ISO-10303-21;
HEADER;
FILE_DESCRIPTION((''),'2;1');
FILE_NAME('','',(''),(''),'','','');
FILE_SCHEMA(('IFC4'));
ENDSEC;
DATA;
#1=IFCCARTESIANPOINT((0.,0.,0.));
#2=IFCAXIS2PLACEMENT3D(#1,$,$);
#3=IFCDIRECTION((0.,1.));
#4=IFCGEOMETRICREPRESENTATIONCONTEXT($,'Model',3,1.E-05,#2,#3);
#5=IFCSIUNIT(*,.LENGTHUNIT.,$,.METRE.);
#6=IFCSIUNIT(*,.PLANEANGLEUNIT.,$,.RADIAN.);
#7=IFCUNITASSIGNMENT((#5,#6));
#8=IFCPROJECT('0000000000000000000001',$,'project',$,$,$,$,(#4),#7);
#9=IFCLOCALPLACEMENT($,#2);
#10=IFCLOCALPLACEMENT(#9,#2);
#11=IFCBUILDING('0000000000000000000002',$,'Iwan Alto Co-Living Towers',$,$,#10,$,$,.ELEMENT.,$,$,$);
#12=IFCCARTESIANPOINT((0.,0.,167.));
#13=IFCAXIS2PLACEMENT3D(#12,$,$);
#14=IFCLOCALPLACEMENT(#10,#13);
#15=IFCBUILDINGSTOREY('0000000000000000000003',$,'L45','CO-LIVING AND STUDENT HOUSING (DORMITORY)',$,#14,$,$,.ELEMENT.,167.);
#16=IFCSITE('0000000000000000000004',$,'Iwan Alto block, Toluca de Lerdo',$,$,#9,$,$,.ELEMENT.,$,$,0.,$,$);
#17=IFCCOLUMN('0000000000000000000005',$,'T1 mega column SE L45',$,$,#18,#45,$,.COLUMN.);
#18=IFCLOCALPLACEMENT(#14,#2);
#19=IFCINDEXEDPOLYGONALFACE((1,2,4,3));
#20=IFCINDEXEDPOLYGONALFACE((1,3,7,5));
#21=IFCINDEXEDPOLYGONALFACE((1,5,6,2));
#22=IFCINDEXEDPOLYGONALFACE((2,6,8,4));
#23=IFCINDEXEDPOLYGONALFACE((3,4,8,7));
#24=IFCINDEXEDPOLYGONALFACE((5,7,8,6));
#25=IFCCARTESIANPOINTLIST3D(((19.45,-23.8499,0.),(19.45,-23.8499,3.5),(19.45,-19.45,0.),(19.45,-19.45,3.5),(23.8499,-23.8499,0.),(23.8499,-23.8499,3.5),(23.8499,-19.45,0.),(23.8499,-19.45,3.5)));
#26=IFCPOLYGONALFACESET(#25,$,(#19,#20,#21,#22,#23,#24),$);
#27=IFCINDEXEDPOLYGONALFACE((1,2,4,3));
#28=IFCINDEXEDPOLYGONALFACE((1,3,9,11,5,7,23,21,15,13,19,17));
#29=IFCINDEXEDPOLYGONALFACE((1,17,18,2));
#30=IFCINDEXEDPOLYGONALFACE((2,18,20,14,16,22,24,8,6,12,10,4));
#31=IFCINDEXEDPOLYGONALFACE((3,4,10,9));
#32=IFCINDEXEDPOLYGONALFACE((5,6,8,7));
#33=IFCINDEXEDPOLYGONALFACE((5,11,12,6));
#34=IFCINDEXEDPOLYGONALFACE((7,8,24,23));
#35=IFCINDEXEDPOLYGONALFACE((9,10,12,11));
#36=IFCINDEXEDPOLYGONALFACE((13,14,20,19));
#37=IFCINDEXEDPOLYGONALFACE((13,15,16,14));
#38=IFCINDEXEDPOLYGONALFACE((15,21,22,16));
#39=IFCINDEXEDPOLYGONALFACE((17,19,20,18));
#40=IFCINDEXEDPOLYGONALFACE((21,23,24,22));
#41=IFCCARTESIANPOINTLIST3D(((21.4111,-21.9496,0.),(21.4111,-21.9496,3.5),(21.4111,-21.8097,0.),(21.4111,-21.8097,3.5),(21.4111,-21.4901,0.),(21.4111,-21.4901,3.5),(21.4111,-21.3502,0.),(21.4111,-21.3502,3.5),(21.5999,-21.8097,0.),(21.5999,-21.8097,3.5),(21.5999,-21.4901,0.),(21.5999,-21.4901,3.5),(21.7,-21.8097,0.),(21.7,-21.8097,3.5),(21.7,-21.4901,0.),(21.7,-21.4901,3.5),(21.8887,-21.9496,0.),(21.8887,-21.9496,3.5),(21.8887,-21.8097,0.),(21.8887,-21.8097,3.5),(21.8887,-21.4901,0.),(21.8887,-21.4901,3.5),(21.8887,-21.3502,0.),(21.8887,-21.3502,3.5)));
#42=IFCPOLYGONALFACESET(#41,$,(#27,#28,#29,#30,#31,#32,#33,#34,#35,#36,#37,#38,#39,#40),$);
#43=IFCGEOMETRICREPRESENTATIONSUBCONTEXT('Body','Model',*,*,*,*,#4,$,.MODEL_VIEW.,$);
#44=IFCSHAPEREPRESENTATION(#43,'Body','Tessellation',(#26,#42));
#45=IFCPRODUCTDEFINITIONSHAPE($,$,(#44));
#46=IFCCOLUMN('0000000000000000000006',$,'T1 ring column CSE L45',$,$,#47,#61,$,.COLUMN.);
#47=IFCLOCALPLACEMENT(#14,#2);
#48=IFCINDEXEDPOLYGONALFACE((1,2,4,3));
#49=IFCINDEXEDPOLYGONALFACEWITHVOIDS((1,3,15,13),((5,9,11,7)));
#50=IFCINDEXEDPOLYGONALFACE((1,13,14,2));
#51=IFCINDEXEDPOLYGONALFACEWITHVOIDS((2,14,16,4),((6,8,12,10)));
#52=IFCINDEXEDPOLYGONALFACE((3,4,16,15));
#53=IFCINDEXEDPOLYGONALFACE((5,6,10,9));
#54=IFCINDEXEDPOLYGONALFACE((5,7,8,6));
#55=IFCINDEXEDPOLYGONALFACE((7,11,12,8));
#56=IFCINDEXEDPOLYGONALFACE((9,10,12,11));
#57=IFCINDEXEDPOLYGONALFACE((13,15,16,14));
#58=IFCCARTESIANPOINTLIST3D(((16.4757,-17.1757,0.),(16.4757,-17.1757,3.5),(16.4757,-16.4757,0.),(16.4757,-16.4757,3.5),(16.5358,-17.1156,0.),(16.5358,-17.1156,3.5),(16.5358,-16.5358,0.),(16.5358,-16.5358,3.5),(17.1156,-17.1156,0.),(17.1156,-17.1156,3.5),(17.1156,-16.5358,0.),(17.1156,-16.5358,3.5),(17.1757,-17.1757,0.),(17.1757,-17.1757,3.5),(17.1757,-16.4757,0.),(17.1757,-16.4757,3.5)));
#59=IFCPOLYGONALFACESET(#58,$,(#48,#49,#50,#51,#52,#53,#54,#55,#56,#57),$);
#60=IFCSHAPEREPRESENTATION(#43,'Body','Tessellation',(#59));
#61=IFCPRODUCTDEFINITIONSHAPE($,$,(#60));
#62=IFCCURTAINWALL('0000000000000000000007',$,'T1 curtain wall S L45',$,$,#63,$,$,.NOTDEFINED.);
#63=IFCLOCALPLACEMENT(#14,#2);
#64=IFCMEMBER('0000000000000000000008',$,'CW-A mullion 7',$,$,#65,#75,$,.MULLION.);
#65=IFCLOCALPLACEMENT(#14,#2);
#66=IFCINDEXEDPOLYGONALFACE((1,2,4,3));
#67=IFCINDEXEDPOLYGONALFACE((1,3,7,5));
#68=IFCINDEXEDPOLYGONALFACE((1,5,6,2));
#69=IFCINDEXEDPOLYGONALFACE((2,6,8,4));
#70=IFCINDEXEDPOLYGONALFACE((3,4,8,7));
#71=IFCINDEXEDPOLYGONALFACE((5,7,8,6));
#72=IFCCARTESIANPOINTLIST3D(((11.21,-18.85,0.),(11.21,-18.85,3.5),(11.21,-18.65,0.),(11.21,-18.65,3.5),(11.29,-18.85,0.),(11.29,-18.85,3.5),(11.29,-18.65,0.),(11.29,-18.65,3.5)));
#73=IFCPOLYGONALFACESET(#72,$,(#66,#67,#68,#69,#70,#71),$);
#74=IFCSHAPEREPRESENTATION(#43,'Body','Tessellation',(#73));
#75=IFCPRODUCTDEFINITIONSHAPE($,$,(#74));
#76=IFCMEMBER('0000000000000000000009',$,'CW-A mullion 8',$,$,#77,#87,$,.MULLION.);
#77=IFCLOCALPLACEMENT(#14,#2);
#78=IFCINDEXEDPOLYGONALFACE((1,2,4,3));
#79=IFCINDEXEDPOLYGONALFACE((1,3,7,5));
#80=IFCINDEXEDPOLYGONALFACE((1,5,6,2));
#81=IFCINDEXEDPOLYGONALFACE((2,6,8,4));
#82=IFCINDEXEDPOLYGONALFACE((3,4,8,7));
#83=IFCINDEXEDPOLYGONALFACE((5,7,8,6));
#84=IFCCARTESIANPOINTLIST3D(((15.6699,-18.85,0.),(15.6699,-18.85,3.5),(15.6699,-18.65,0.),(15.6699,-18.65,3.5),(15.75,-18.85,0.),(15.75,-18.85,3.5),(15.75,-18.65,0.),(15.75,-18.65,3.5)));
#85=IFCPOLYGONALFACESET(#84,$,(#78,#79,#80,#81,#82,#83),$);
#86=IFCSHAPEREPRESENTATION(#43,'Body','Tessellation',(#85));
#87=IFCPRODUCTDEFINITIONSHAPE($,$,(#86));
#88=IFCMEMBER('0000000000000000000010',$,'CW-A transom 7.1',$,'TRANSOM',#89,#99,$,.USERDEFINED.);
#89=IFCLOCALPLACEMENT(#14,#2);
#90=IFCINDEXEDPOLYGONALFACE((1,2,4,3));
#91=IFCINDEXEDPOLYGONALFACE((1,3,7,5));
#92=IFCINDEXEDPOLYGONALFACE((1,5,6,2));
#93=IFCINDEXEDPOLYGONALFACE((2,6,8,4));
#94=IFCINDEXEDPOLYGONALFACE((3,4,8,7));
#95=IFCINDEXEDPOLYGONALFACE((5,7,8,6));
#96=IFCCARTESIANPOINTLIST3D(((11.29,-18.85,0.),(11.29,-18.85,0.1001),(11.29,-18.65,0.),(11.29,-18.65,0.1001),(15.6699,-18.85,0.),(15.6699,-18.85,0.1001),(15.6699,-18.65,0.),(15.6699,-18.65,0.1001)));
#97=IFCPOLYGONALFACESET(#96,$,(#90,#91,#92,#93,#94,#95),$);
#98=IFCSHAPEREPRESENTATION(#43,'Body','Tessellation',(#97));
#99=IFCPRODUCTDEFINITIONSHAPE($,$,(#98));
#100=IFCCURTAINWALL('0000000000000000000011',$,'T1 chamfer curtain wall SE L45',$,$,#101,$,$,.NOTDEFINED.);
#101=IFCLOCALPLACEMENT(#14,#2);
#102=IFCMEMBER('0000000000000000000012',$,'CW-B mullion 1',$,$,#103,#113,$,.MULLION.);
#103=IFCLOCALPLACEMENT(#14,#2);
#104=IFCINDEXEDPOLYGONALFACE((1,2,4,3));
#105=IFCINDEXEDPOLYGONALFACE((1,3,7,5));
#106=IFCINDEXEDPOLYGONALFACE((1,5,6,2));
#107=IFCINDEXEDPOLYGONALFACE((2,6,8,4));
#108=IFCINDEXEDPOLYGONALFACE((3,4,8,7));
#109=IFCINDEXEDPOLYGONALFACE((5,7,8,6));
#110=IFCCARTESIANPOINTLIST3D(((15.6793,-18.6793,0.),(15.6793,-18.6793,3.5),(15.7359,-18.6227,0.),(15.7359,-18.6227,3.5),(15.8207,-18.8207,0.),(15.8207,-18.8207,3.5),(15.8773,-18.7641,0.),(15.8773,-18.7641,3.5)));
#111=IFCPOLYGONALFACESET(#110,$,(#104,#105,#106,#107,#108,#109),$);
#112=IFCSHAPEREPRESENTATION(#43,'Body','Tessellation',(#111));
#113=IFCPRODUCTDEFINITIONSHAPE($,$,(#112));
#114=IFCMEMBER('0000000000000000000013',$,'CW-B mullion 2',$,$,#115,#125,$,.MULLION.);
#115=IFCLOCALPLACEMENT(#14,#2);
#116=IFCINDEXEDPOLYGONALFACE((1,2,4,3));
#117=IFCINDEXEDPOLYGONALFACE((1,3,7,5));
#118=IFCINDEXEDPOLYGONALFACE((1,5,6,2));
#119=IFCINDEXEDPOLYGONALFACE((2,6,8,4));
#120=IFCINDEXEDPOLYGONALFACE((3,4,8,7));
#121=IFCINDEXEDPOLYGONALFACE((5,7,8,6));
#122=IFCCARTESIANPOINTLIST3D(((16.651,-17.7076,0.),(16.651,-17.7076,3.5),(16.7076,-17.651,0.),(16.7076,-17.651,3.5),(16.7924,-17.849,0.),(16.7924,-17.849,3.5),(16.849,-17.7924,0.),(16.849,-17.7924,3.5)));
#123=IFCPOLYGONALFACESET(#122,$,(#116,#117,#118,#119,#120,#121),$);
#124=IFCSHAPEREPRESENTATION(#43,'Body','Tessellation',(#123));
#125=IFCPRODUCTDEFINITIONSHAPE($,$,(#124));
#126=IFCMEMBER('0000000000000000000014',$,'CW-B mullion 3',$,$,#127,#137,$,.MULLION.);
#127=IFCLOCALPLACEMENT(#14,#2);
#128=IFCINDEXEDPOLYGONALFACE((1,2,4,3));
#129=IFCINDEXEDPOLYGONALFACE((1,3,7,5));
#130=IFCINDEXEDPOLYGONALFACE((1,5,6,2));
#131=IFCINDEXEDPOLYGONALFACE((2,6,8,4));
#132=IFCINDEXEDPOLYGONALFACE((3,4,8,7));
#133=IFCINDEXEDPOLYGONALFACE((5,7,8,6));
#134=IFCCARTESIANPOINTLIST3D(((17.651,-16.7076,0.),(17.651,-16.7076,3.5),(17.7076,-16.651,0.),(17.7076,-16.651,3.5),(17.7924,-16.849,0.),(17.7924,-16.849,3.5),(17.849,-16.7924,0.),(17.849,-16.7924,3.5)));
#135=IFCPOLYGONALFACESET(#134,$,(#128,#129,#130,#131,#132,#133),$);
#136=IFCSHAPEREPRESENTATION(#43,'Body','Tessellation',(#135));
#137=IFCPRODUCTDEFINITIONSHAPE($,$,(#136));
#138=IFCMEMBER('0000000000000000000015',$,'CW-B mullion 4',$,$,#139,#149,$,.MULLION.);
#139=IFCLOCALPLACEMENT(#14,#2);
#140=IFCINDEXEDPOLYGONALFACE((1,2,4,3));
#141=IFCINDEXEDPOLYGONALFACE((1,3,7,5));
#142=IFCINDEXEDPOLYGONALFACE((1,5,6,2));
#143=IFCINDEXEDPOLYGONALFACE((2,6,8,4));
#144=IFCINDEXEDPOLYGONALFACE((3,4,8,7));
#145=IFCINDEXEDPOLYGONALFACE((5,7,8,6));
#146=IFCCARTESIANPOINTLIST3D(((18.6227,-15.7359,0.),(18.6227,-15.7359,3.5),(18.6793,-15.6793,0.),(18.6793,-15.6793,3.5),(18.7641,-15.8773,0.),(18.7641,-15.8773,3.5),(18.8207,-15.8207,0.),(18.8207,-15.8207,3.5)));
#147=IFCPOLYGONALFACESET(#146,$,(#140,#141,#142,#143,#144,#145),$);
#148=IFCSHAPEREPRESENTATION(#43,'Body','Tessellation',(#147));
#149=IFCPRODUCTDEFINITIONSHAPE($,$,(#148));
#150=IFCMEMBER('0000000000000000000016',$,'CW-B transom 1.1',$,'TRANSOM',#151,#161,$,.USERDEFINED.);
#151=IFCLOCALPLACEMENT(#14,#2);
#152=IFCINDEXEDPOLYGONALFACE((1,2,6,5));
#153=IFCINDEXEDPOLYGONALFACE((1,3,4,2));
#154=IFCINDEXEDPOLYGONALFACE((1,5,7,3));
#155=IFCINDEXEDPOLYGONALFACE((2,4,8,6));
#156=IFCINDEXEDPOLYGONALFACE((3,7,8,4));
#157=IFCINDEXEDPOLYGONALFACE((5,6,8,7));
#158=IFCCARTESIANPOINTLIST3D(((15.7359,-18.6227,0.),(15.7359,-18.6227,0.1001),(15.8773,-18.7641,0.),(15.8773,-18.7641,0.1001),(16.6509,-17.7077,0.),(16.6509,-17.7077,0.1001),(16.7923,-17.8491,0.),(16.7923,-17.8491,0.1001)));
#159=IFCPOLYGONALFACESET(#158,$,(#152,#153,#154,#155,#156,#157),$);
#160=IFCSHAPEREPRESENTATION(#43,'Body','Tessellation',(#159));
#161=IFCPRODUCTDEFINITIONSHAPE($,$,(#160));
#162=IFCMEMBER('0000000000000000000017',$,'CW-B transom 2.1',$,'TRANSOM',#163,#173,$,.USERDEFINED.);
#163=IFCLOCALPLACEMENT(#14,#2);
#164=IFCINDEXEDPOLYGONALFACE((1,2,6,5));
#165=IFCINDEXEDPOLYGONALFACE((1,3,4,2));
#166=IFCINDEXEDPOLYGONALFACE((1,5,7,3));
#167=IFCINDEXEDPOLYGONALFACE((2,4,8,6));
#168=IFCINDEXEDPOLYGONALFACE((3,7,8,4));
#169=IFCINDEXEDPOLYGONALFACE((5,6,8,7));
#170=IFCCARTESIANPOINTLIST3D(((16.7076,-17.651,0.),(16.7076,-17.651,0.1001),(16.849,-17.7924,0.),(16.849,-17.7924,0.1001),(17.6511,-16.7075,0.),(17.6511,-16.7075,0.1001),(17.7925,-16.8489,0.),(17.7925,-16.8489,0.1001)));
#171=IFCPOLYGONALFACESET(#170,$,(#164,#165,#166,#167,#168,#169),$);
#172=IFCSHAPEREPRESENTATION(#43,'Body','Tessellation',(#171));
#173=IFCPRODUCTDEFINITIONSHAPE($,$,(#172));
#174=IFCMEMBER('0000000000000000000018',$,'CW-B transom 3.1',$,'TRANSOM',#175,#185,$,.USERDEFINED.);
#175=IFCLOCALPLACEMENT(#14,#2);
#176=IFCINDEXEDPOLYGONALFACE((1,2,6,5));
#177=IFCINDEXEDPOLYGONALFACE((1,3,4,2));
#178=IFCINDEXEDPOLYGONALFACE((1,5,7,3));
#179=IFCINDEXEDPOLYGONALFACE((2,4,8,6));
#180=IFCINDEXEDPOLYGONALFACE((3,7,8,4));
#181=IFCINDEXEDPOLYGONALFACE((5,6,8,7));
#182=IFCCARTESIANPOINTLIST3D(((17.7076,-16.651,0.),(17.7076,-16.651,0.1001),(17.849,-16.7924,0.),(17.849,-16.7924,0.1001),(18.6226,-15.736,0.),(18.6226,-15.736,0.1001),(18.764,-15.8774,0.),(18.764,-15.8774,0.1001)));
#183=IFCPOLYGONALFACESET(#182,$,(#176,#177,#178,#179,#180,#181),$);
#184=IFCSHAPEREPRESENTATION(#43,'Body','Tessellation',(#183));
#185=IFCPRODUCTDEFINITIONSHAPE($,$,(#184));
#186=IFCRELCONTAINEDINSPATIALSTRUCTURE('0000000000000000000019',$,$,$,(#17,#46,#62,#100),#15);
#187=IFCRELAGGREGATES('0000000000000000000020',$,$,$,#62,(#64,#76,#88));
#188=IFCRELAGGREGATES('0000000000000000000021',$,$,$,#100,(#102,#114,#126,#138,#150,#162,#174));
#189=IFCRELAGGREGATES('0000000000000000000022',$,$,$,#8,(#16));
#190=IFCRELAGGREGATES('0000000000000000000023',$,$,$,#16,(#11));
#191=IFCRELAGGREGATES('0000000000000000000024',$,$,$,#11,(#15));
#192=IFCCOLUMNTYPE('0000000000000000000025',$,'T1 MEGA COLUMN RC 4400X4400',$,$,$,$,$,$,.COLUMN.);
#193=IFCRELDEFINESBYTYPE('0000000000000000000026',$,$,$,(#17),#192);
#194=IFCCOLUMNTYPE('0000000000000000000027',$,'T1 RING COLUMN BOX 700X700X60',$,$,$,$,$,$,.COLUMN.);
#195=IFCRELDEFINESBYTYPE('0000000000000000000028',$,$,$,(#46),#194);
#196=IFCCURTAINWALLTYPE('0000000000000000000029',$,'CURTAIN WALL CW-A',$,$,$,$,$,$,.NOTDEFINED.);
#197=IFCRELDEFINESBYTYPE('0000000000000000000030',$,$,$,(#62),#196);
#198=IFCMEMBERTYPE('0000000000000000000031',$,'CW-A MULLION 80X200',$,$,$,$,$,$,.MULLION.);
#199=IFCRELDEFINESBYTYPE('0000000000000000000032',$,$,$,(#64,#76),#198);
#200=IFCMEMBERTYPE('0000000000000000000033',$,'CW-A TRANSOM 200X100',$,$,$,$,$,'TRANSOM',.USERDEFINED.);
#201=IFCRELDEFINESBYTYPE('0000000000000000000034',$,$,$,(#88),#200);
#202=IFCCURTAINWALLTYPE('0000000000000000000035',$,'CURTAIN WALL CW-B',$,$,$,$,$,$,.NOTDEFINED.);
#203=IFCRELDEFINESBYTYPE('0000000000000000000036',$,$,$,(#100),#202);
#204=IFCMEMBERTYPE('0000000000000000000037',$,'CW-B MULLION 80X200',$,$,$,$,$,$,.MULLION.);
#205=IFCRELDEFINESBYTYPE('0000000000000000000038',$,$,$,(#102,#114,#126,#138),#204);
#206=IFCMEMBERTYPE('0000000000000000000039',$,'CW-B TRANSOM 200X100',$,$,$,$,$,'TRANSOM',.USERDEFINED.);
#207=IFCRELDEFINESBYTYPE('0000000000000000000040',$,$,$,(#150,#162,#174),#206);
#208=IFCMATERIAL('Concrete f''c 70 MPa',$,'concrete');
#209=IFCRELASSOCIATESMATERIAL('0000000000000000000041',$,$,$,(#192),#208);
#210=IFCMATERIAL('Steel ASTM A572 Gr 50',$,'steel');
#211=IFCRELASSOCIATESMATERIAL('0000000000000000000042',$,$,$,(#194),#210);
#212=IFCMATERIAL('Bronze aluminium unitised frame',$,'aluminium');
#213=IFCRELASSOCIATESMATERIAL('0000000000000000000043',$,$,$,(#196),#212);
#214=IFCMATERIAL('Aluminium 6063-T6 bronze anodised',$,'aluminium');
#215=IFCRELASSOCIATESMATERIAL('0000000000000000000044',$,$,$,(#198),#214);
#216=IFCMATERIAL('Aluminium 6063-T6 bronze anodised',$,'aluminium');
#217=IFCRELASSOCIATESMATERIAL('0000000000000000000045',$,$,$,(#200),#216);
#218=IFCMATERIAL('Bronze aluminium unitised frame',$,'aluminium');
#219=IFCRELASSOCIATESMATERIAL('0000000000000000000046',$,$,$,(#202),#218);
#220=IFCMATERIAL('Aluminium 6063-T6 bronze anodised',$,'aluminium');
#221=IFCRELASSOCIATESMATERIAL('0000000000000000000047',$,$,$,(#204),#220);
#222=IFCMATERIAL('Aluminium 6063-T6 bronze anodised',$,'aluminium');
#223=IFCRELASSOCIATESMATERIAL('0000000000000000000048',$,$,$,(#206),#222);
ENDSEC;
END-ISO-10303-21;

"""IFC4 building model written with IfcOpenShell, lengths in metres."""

from ifc_helpers import new_model, si_unit, direction, frame, origin, origin_2d, place, context, subcontext, project, spatial, rectangle, hollow_rectangle, i_section, extrude, material, material_profile, profile_set, type_object, element, aggregate, save


model = new_model("IFC4")

# Units and contexts
model_context = context("Model", 3, precision=1e-05, world=origin(), true_north=direction((0.0, 1.0)))
body_context = subcontext(model_context, "Body", "Model", "MODEL_VIEW")
ifc_project = project(units=[si_unit("LENGTHUNIT", "METRE"), si_unit("PLANEANGLEUNIT", "RADIAN")], contexts=[model_context])

# Site, building, storey
site_placement = place(None, origin())
site = spatial("IfcSite", under=ifc_project, at=site_placement, Name="Iwan Alto block, Toluca de Lerdo", CompositionType="ELEMENT", RefElevation=0.0)
building_placement = place(site_placement, origin())
building = spatial("IfcBuilding", under=site, at=building_placement, Name="Iwan Alto Co-Living Towers", CompositionType="ELEMENT")
storey_placement = place(building_placement, frame((0.0, 0.0, 167.0)))
storey = spatial("IfcBuildingStorey", under=building, at=storey_placement, Name="L45", Description="CO-LIVING AND STUDENT HOUSING (DORMITORY)", CompositionType="ELEMENT", Elevation=167.0)

# Columns
ifc_material_1 = material(Name="Concrete f'c 70 MPa", Category="concrete")
ifc_material_profile_1 = material_profile(ifc_material_1, rectangle(XDim=4.3999, YDim=4.3999, at=origin_2d()), Name="RC 4400X4400")
ifc_profile_set_1 = profile_set([ifc_material_profile_1], Name="Concrete f'c 70 MPa")
column_type_1 = type_object("IfcColumnType", Name="T1 MEGA COLUMN RC 4400X4400", PredefinedType="COLUMN", material=ifc_profile_set_1)
column_1_placement = place(storey_placement, frame((21.6499, -21.6499, 0.0), z_axis=(0.0, 0.0, 1.0), x_axis=(1.0, 0.0, 0.0)))
element("IfcColumn", 1, at=column_1_placement, inside=storey, type_object=column_type_1, Name="T1 mega column SE L45", PredefinedType="COLUMN", context=body_context, shape_type="SweptSolid", body=[
    extrude(rectangle(XDim=4.3999, YDim=4.3999, at=origin_2d()), origin(), (0.0, 0.0, 1.0), 3.5),
    extrude(i_section(OverallWidth=0.4775, OverallDepth=0.5994, WebThickness=0.1001, FlangeThickness=0.1399, at=origin_2d()), origin(), (0.0, 0.0, 1.0), 3.5),
])
ifc_material_2 = material(Name="Steel ASTM A572 Gr 50", Category="steel")
ifc_material_profile_2 = material_profile(ifc_material_2, hollow_rectangle(XDim=0.7, YDim=0.7, WallThickness=0.0601, at=origin_2d()), Name="BOX 700X700X60")
ifc_profile_set_2 = profile_set([ifc_material_profile_2], Name="Steel ASTM A572 Gr 50")
column_type_2 = type_object("IfcColumnType", Name="T1 RING COLUMN BOX 700X700X60", PredefinedType="COLUMN", material=ifc_profile_set_2)
column_2_placement = place(storey_placement, frame((16.8257, -16.8257, 0.0), z_axis=(0.0, 0.0, 1.0), x_axis=(1.0, 0.0, 0.0)))
element("IfcColumn", 2, at=column_2_placement, inside=storey, type_object=column_type_2, Name="T1 ring column CSE L45", PredefinedType="COLUMN", context=body_context, shape_type="SweptSolid", body=[
    extrude(hollow_rectangle(XDim=0.7, YDim=0.7, WallThickness=0.0601, at=origin_2d()), origin(), (0.0, 0.0, 1.0), 3.5),
])

# Curtain walls, members
ifc_material_3 = material(Name="Bronze aluminium unitised frame", Category="aluminium")
curtain_wall_type_1 = type_object("IfcCurtainWallType", Name="CURTAIN WALL CW-A", PredefinedType="NOTDEFINED", material=ifc_material_3)
curtain_wall_1_placement = place(storey_placement, origin())
curtain_wall_1 = element("IfcCurtainWall", 3, at=curtain_wall_1_placement, inside=storey, type_object=curtain_wall_type_1, Name="T1 curtain wall S L45", PredefinedType="NOTDEFINED")
ifc_material_4 = material(Name="Aluminium 6063-T6 bronze anodised", Category="aluminium")
ifc_material_profile_3 = material_profile(ifc_material_4, rectangle(XDim=0.2, YDim=0.0801, at=origin_2d()), Name="AL 80X200")
ifc_profile_set_3 = profile_set([ifc_material_profile_3], Name="Aluminium 6063-T6 bronze anodised")
member_type_1 = type_object("IfcMemberType", Name="CW-A MULLION 80X200", PredefinedType="MULLION", material=ifc_profile_set_3)
member_1_placement = place(storey_placement, frame((11.25, -18.75, 0.0), z_axis=(0.0, 0.0, 1.0), x_axis=(0.0, 1.0, 0.0)))
member_1 = element("IfcMember", 4, at=member_1_placement, type_object=member_type_1, Name="CW-A mullion 7", PredefinedType="MULLION", context=body_context, shape_type="SweptSolid", body=[
    extrude(rectangle(XDim=0.2, YDim=0.0801, at=origin_2d()), origin(), (0.0, 0.0, 1.0), 3.5),
])
member_2_placement = place(storey_placement, frame((15.71, -18.75, 0.0), z_axis=(0.0, 0.0, 1.0), x_axis=(0.0, 1.0, 0.0)))
member_2 = element("IfcMember", 5, at=member_2_placement, type_object=member_type_1, Name="CW-A mullion 8", PredefinedType="MULLION", context=body_context, shape_type="SweptSolid", body=[
    extrude(rectangle(XDim=0.2, YDim=0.0801, at=origin_2d()), origin(), (0.0, 0.0, 1.0), 3.5),
])
ifc_material_5 = material(Name="Aluminium 6063-T6 bronze anodised", Category="aluminium")
ifc_material_profile_4 = material_profile(ifc_material_5, rectangle(XDim=0.2, YDim=0.1001, at=origin_2d()), Name="AL 200X100")
ifc_profile_set_4 = profile_set([ifc_material_profile_4], Name="Aluminium 6063-T6 bronze anodised")
member_type_2 = type_object("IfcMemberType", Name="CW-A TRANSOM 200X100", ElementType="TRANSOM", PredefinedType="USERDEFINED", material=ifc_profile_set_4)
member_3_placement = place(storey_placement, frame((11.29, -18.75, 0.05), z_axis=(1.0, 0.0, 0.0), x_axis=(0.0, 1.0, 0.0)))
member_3 = element("IfcMember", 6, at=member_3_placement, type_object=member_type_2, Name="CW-A transom 7.1", ObjectType="TRANSOM", PredefinedType="USERDEFINED", context=body_context, shape_type="SweptSolid", body=[
    extrude(rectangle(XDim=0.2, YDim=0.1001, at=origin_2d()), origin(), (0.0, 0.0, 1.0), 4.3799),
])
ifc_material_6 = material(Name="Bronze aluminium unitised frame", Category="aluminium")
curtain_wall_type_2 = type_object("IfcCurtainWallType", Name="CURTAIN WALL CW-B", PredefinedType="NOTDEFINED", material=ifc_material_6)
curtain_wall_2_placement = place(storey_placement, origin())
curtain_wall_2 = element("IfcCurtainWall", 7, at=curtain_wall_2_placement, inside=storey, type_object=curtain_wall_type_2, Name="T1 chamfer curtain wall SE L45", PredefinedType="NOTDEFINED")
ifc_material_7 = material(Name="Aluminium 6063-T6 bronze anodised", Category="aluminium")
ifc_material_profile_5 = material_profile(ifc_material_7, rectangle(XDim=0.2, YDim=0.0801, at=origin_2d()), Name="AL 80X200")
ifc_profile_set_5 = profile_set([ifc_material_profile_5], Name="Aluminium 6063-T6 bronze anodised")
member_type_3 = type_object("IfcMemberType", Name="CW-B MULLION 80X200", PredefinedType="MULLION", material=ifc_profile_set_5)
member_4_placement = place(storey_placement, frame((15.7783, -18.7217, 0.0), z_axis=(0.0, 0.0, 1.0), x_axis=(-0.707107, 0.707107, 0.0)))
member_4 = element("IfcMember", 8, at=member_4_placement, type_object=member_type_3, Name="CW-B mullion 1", PredefinedType="MULLION", context=body_context, shape_type="SweptSolid", body=[
    extrude(rectangle(XDim=0.2, YDim=0.0801, at=origin_2d()), origin(), (0.0, 0.0, 1.0), 3.5),
])
member_5_placement = place(storey_placement, frame((16.75, -17.75, 0.0), z_axis=(0.0, 0.0, 1.0), x_axis=(-0.707107, 0.707107, 0.0)))
member_5 = element("IfcMember", 9, at=member_5_placement, type_object=member_type_3, Name="CW-B mullion 2", PredefinedType="MULLION", context=body_context, shape_type="SweptSolid", body=[
    extrude(rectangle(XDim=0.2, YDim=0.0801, at=origin_2d()), origin(), (0.0, 0.0, 1.0), 3.5),
])
member_6_placement = place(storey_placement, frame((17.75, -16.75, 0.0), z_axis=(0.0, 0.0, 1.0), x_axis=(-0.707107, 0.707107, 0.0)))
member_6 = element("IfcMember", 10, at=member_6_placement, type_object=member_type_3, Name="CW-B mullion 3", PredefinedType="MULLION", context=body_context, shape_type="SweptSolid", body=[
    extrude(rectangle(XDim=0.2, YDim=0.0801, at=origin_2d()), origin(), (0.0, 0.0, 1.0), 3.5),
])
member_7_placement = place(storey_placement, frame((18.7217, -15.7783, 0.0), z_axis=(0.0, 0.0, 1.0), x_axis=(-0.707107, 0.707107, 0.0)))
member_7 = element("IfcMember", 11, at=member_7_placement, type_object=member_type_3, Name="CW-B mullion 4", PredefinedType="MULLION", context=body_context, shape_type="SweptSolid", body=[
    extrude(rectangle(XDim=0.2, YDim=0.0801, at=origin_2d()), origin(), (0.0, 0.0, 1.0), 3.5),
])
ifc_material_8 = material(Name="Aluminium 6063-T6 bronze anodised", Category="aluminium")
ifc_material_profile_6 = material_profile(ifc_material_8, rectangle(XDim=0.2, YDim=0.1001, at=origin_2d()), Name="AL 200X100")
ifc_profile_set_6 = profile_set([ifc_material_profile_6], Name="Aluminium 6063-T6 bronze anodised")
member_type_4 = type_object("IfcMemberType", Name="CW-B TRANSOM 200X100", ElementType="TRANSOM", PredefinedType="USERDEFINED", material=ifc_profile_set_6)
member_8_placement = place(storey_placement, frame((15.8066, -18.6934, 0.05), z_axis=(0.707107, 0.707107, 0.0), x_axis=(-0.707107, 0.707107, 0.0)))
member_8 = element("IfcMember", 12, at=member_8_placement, type_object=member_type_4, Name="CW-B transom 1.1", ObjectType="TRANSOM", PredefinedType="USERDEFINED", context=body_context, shape_type="SweptSolid", body=[
    extrude(rectangle(XDim=0.2, YDim=0.1001, at=origin_2d()), origin(), (0.0, 0.0, 1.0), 1.2939),
])
member_9_placement = place(storey_placement, frame((16.7783, -17.7217, 0.05), z_axis=(0.707107, 0.707107, 0.0), x_axis=(-0.707107, 0.707107, 0.0)))
member_9 = element("IfcMember", 13, at=member_9_placement, type_object=member_type_4, Name="CW-B transom 2.1", ObjectType="TRANSOM", PredefinedType="USERDEFINED", context=body_context, shape_type="SweptSolid", body=[
    extrude(rectangle(XDim=0.2, YDim=0.1001, at=origin_2d()), origin(), (0.0, 0.0, 1.0), 1.3342),
])
member_10_placement = place(storey_placement, frame((17.7783, -16.7217, 0.05), z_axis=(0.707107, 0.707107, 0.0), x_axis=(-0.707107, 0.707107, 0.0)))
member_10 = element("IfcMember", 14, at=member_10_placement, type_object=member_type_4, Name="CW-B transom 3.1", ObjectType="TRANSOM", PredefinedType="USERDEFINED", context=body_context, shape_type="SweptSolid", body=[
    extrude(rectangle(XDim=0.2, YDim=0.1001, at=origin_2d()), origin(), (0.0, 0.0, 1.0), 1.2939),
])

aggregate(curtain_wall_1, [member_1, member_2, member_3])
aggregate(curtain_wall_2, [member_4, member_5, member_6, member_7, member_8, member_9, member_10])

save(model, "model.ifc")
